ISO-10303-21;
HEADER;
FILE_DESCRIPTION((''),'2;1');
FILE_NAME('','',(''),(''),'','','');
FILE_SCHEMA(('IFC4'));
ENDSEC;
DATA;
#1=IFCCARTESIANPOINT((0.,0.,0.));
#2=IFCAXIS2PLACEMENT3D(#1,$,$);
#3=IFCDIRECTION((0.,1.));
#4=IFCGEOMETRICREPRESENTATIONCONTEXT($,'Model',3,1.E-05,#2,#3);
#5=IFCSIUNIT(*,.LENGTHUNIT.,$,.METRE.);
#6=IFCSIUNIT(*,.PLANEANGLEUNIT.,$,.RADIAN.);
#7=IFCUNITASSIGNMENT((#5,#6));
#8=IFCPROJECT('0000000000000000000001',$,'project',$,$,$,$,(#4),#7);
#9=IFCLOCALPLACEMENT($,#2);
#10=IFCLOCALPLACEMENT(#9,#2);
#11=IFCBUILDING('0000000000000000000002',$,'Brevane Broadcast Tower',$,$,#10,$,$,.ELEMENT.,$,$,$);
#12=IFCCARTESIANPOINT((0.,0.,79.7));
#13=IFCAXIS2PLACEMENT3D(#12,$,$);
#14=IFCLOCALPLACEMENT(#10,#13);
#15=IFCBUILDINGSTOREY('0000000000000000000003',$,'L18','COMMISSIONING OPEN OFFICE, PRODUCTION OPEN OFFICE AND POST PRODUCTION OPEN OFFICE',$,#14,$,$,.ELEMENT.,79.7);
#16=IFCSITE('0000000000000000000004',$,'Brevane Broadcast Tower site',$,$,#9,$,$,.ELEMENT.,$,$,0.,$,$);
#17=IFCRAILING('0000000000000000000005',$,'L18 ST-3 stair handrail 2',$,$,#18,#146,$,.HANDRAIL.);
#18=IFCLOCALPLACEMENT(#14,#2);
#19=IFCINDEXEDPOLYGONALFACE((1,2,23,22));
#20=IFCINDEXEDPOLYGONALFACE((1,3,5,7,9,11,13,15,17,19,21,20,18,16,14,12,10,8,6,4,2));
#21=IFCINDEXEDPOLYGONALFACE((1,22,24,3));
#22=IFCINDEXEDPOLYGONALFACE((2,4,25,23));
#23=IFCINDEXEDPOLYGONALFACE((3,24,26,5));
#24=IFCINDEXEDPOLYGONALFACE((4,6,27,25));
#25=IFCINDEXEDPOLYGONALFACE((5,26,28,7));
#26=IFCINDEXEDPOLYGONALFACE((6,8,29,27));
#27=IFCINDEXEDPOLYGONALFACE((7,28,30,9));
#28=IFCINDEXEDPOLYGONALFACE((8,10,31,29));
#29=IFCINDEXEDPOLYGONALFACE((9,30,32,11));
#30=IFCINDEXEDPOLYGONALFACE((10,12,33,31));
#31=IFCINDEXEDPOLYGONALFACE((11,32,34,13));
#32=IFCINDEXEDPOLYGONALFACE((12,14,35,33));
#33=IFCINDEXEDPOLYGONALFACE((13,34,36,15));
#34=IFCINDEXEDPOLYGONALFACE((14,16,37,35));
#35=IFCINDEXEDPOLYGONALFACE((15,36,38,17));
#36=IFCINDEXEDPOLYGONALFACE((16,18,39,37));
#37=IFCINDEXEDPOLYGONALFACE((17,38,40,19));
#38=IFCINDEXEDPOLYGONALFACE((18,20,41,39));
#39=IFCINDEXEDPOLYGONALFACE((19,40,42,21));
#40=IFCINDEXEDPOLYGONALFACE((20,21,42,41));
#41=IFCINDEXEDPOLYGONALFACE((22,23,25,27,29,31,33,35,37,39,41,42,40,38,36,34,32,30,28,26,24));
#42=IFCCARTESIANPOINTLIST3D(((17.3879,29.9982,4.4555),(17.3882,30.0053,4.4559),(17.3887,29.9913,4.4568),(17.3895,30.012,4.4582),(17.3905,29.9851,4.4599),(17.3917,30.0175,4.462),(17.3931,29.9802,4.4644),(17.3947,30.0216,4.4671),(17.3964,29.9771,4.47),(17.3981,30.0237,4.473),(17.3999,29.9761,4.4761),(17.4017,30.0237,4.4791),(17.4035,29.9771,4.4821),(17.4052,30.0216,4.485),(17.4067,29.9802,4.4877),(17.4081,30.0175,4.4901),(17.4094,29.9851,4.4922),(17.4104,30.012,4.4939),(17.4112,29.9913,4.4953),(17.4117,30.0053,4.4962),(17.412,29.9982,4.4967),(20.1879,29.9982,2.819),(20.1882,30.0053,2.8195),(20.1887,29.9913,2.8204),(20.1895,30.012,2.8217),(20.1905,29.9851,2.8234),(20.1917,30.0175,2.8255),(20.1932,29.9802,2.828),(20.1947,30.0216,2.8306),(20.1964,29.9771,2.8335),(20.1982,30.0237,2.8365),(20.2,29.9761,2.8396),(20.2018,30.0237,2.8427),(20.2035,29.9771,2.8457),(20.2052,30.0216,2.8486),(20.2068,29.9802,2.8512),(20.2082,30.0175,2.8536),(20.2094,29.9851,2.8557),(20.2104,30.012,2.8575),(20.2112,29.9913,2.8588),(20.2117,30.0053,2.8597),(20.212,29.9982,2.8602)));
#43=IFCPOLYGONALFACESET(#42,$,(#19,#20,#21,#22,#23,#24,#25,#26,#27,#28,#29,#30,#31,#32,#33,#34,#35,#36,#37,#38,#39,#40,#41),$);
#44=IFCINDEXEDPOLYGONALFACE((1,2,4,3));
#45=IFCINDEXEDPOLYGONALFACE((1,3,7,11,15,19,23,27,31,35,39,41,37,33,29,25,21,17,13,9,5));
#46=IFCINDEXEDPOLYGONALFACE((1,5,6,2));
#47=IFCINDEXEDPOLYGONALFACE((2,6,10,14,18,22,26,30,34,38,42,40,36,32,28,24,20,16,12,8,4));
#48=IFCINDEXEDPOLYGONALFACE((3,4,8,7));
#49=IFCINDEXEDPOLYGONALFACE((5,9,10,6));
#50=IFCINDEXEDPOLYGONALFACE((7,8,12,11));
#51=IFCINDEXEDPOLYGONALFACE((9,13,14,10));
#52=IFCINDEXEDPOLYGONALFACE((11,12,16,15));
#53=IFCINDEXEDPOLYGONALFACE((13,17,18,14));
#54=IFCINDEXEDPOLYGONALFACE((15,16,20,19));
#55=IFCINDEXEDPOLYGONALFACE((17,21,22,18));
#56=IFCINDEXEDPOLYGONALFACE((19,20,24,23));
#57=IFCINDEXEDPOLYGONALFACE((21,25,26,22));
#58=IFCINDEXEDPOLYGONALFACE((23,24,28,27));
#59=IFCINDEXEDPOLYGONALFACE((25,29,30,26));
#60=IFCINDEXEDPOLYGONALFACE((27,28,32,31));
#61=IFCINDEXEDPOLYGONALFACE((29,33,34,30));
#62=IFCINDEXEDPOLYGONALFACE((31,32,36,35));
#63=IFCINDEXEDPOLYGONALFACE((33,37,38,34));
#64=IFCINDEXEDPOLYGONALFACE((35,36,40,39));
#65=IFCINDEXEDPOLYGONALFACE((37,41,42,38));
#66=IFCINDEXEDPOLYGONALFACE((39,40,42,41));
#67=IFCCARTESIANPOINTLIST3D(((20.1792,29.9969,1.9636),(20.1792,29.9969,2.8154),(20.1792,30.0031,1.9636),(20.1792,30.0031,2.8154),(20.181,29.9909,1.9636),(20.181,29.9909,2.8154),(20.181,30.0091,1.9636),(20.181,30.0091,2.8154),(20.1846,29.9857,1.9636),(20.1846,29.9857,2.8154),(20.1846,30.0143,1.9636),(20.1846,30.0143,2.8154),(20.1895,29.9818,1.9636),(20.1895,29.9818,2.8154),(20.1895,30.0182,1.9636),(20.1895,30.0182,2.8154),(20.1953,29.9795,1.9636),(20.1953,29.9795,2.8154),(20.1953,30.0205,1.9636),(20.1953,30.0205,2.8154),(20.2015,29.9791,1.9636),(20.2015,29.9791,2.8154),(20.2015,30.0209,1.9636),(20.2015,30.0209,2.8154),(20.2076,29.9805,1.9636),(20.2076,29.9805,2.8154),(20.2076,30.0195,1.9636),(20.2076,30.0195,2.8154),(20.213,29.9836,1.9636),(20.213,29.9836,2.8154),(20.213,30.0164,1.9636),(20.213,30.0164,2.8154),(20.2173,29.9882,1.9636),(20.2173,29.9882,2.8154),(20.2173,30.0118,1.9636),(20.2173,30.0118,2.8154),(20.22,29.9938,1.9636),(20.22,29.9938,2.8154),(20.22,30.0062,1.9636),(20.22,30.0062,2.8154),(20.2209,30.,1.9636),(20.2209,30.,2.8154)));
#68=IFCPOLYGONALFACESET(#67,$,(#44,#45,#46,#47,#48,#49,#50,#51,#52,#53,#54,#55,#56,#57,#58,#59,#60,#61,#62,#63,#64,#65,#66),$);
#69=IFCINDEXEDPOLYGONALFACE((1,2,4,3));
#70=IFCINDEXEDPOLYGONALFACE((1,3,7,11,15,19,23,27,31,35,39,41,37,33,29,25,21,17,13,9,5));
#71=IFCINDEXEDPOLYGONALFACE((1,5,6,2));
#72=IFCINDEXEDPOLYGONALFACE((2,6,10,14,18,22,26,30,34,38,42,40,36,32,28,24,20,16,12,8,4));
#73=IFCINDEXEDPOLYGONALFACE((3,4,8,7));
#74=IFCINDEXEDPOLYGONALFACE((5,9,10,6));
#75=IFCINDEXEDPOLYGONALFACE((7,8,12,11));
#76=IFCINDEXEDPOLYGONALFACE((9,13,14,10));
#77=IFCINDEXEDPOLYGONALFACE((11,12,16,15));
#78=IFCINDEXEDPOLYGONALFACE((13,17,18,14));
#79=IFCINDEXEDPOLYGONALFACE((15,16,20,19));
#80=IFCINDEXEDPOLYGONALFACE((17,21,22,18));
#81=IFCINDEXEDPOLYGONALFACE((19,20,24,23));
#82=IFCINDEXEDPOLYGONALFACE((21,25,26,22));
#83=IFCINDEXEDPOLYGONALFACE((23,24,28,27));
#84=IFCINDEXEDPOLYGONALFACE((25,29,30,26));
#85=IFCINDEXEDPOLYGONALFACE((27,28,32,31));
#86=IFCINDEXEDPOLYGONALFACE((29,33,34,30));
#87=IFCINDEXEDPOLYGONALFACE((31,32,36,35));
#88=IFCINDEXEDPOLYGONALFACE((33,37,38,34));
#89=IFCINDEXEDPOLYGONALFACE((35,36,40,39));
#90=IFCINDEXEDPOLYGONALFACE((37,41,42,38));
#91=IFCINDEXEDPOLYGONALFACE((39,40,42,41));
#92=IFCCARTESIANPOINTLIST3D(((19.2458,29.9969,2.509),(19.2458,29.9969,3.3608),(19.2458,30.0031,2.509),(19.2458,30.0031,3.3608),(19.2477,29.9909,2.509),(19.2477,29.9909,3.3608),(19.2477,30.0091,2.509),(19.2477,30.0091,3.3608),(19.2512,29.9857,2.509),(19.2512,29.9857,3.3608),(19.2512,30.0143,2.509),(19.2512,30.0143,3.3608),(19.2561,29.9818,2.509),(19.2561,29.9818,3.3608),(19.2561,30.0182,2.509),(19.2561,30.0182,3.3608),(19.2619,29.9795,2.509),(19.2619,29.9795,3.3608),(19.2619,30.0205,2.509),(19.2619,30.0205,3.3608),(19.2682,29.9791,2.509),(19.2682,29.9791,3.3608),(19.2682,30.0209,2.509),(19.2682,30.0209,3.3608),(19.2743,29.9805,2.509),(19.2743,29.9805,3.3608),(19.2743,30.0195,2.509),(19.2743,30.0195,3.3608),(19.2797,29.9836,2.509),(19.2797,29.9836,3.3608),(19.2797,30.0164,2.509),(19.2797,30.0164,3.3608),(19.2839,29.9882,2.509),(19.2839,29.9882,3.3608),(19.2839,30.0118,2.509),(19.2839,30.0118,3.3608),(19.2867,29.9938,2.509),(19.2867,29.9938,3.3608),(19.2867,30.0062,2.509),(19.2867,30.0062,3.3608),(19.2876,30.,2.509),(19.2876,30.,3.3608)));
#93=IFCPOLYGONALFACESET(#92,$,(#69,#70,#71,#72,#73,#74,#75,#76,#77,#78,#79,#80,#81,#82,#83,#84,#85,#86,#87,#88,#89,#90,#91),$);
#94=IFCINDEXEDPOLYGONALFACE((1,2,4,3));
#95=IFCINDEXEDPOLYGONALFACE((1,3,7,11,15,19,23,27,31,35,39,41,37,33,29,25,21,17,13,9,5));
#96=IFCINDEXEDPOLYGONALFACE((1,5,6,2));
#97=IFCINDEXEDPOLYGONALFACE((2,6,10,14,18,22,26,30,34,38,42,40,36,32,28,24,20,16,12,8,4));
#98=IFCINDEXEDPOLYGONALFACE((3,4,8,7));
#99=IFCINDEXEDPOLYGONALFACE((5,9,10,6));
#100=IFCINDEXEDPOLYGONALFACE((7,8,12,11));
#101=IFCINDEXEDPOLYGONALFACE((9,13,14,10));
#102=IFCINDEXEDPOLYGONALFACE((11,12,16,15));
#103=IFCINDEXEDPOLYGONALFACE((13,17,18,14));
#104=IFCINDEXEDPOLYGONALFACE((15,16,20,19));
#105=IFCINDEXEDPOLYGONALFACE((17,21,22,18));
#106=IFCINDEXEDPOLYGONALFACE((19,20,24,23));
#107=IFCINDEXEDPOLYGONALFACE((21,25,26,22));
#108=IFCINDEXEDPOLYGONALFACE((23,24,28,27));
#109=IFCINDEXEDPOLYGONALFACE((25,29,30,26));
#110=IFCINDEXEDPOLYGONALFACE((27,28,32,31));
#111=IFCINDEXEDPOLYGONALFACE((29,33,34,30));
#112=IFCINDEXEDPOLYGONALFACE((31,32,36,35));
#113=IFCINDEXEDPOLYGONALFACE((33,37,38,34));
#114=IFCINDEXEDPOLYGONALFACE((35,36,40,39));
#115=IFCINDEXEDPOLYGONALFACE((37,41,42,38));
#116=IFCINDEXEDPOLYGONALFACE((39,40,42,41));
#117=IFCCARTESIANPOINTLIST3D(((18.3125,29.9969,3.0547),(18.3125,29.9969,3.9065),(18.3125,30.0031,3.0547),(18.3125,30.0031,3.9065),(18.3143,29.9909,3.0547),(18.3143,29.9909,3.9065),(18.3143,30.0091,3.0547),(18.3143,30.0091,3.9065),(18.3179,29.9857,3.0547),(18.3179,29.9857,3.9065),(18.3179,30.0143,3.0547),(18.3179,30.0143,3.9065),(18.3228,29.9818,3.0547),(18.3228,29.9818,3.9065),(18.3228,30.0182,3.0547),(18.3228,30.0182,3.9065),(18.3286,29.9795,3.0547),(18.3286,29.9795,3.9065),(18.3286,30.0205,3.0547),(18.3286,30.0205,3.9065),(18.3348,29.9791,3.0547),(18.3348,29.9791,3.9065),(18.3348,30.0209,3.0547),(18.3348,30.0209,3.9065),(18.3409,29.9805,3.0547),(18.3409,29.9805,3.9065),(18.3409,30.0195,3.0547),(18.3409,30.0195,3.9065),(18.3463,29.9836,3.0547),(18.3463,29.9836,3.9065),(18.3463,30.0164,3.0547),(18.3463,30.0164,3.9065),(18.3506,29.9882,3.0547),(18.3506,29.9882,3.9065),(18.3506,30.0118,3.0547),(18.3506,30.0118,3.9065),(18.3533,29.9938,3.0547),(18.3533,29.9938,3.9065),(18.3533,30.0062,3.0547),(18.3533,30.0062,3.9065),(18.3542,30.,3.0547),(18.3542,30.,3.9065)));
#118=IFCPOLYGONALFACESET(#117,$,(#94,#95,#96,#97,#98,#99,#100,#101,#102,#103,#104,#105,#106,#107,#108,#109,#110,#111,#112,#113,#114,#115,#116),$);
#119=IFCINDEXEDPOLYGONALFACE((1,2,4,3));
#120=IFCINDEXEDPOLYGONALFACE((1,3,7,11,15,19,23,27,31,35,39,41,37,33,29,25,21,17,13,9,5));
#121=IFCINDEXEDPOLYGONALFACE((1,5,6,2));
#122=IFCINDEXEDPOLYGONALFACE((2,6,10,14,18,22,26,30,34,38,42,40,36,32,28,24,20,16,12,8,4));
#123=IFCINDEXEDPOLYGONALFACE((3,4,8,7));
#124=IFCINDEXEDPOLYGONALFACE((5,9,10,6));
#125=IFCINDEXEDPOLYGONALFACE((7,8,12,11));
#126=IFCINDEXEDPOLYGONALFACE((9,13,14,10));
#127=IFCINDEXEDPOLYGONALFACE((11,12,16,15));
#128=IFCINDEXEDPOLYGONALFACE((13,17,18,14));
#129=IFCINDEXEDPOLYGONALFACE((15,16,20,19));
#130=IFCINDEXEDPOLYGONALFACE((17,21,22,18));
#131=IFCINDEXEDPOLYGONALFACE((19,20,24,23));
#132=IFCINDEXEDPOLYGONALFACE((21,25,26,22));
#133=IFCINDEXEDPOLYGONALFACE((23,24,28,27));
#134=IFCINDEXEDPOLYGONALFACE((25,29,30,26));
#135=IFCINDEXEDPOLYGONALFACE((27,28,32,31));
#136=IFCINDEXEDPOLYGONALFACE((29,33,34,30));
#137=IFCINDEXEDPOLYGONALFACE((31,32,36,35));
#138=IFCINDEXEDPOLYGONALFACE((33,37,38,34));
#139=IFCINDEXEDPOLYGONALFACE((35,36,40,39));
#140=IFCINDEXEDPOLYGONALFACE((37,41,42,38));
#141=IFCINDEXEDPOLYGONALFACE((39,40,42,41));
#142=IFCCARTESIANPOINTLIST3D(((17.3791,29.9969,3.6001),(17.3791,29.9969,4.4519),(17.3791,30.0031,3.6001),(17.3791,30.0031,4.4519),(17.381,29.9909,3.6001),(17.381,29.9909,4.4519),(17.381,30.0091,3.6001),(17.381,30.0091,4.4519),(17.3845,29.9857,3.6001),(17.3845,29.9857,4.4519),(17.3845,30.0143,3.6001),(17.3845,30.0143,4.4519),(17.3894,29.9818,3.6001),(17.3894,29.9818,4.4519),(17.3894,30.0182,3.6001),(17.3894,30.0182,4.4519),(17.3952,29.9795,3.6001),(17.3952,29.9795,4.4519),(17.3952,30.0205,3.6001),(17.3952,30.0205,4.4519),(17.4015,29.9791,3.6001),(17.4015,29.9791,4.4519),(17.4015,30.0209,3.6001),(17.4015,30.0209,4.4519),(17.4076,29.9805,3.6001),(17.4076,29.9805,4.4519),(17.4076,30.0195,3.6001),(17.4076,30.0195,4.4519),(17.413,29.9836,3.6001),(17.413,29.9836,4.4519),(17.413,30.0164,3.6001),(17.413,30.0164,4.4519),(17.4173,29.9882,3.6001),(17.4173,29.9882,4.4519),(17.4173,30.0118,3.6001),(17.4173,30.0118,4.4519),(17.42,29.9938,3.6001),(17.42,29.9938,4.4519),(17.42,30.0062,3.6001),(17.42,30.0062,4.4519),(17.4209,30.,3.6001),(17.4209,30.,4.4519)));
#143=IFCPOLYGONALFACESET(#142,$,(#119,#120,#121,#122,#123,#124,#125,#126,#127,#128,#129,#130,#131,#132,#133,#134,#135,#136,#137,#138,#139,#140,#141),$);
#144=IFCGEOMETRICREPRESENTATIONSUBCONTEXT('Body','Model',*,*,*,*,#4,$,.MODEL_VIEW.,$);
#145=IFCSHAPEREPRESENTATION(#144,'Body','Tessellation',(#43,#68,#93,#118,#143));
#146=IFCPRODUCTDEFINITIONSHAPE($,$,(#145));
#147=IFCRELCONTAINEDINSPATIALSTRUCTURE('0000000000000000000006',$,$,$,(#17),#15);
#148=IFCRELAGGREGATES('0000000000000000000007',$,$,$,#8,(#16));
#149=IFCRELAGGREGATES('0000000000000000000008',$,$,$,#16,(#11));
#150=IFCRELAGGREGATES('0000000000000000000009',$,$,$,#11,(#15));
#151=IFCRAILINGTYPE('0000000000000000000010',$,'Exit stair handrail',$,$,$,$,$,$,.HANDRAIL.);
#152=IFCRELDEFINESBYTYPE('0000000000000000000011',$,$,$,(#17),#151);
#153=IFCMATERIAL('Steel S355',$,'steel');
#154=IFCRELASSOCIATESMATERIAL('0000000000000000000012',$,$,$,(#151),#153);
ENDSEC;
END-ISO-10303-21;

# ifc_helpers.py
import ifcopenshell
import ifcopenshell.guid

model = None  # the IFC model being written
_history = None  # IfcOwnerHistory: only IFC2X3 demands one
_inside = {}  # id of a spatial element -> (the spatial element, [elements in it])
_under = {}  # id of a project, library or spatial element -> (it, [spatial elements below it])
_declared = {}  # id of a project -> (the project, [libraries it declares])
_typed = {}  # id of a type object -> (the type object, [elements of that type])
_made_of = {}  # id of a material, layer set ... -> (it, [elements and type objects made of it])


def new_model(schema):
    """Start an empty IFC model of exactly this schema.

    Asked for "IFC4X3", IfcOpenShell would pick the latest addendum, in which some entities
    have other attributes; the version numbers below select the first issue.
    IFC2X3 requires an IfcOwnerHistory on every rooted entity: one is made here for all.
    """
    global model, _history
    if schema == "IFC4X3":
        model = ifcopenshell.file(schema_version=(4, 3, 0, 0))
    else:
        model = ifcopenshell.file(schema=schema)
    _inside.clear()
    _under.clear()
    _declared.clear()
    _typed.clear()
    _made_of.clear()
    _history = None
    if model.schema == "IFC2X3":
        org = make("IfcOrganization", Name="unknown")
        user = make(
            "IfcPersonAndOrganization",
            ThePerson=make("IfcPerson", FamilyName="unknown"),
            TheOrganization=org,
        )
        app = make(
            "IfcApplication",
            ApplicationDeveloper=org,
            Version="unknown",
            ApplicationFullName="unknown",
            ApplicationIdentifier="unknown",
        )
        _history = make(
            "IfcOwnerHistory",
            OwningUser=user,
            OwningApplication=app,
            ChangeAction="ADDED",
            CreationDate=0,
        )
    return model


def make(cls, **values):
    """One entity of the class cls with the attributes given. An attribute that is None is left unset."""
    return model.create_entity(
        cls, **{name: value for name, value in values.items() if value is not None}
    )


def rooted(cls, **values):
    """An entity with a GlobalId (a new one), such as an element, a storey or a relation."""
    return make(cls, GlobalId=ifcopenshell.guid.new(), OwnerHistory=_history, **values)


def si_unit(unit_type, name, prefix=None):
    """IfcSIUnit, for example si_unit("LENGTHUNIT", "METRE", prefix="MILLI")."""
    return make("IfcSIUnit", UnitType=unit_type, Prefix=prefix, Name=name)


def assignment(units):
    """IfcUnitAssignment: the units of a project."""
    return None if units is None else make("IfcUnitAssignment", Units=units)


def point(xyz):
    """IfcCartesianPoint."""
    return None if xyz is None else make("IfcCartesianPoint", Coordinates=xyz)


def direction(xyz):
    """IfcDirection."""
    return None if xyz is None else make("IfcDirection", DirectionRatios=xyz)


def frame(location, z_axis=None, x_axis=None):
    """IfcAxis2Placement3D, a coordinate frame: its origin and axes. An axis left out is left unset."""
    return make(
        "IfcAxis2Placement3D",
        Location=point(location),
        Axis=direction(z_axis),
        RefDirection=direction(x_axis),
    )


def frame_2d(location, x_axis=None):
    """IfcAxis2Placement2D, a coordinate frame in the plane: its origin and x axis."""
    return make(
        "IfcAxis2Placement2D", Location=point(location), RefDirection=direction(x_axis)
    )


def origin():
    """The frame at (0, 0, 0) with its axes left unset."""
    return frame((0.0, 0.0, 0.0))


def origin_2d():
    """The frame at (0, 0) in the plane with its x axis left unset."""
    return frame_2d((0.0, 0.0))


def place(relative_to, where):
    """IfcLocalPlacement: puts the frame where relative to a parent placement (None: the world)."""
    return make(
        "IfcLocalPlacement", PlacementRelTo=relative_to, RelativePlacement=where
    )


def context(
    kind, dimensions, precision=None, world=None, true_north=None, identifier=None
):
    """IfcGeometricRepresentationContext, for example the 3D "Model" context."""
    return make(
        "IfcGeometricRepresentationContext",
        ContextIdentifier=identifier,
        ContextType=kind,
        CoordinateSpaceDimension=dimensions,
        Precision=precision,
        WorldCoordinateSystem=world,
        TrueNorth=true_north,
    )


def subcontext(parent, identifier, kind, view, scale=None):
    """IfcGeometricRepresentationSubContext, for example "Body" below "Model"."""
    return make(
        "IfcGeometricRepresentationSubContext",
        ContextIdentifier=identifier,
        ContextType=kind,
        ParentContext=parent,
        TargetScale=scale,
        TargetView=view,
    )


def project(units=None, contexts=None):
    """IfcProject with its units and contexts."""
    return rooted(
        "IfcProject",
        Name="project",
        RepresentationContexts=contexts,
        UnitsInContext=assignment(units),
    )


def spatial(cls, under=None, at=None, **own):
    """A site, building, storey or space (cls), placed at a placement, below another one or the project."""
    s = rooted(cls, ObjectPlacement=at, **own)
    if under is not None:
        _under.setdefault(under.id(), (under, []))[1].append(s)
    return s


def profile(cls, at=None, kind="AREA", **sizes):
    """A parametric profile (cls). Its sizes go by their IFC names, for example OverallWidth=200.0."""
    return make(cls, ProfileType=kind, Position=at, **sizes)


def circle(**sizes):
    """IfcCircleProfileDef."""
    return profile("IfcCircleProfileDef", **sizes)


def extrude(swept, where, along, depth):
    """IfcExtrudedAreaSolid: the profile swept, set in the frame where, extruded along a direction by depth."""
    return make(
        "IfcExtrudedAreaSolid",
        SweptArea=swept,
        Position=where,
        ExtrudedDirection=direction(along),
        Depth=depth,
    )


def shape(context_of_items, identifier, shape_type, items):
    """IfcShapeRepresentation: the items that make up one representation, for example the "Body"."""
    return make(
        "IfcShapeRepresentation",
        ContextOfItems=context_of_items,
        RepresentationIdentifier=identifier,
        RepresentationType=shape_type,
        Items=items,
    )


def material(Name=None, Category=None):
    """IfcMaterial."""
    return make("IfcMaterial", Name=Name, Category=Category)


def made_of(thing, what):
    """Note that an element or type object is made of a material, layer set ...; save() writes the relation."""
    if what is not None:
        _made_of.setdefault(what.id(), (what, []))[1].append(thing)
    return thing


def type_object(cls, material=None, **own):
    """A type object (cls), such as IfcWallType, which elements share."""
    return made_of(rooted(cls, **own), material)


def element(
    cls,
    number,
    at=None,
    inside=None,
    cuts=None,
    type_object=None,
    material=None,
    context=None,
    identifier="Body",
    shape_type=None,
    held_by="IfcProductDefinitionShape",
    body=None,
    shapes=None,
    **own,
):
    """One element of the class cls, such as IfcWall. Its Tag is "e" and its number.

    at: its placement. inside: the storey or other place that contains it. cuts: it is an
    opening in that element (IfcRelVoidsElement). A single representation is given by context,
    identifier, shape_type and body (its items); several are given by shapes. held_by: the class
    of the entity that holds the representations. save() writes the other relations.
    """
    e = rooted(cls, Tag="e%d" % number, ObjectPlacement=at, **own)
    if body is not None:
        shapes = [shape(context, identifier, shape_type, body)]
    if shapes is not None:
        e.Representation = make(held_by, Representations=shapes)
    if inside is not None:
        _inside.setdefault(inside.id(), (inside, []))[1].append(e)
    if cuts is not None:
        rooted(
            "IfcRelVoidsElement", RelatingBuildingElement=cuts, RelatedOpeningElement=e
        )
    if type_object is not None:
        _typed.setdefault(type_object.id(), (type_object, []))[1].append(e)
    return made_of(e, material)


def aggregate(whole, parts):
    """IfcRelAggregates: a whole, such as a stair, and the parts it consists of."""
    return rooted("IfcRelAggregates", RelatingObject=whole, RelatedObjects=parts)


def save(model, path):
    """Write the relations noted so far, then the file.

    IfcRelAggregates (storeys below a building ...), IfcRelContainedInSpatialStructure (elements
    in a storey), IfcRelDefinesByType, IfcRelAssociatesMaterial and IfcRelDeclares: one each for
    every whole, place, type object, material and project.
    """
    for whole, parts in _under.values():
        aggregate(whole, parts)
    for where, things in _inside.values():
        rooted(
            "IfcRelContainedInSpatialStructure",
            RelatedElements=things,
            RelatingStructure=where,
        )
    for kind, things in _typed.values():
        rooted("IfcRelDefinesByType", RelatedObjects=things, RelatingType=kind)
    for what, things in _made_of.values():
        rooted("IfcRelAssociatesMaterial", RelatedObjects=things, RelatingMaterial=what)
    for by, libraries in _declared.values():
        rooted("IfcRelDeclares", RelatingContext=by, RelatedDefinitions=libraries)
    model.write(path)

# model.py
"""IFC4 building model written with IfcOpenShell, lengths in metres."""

from ifc_helpers import new_model, si_unit, direction, frame, origin, origin_2d, place, context, subcontext, project, spatial, circle, extrude, material, type_object, element, save


model = new_model("IFC4")

# Units and contexts
model_context = context("Model", 3, precision=1e-05, world=origin(), true_north=direction((0.0, 1.0)))
body_context = subcontext(model_context, "Body", "Model", "MODEL_VIEW")
ifc_project = project(units=[si_unit("LENGTHUNIT", "METRE"), si_unit("PLANEANGLEUNIT", "RADIAN")], contexts=[model_context])

# Site, building, storey
site_placement = place(None, origin())
site = spatial("IfcSite", under=ifc_project, at=site_placement, Name="Brevane Broadcast Tower site", CompositionType="ELEMENT", RefElevation=0.0)
building_placement = place(site_placement, origin())
building = spatial("IfcBuilding", under=site, at=building_placement, Name="Brevane Broadcast Tower", CompositionType="ELEMENT")
storey_placement = place(building_placement, frame((0.0, 0.0, 79.7)))
storey = spatial("IfcBuildingStorey", under=building, at=storey_placement, Name="L18", Description="COMMISSIONING OPEN OFFICE, PRODUCTION OPEN OFFICE AND POST PRODUCTION OPEN OFFICE", CompositionType="ELEMENT", Elevation=79.7)

# Railing
ifc_material_1 = material(Name="Steel S355", Category="steel")
railing_type_1 = type_object("IfcRailingType", Name="Exit stair handrail", PredefinedType="HANDRAIL", material=ifc_material_1)
railing_1_placement = place(storey_placement, frame((20.2, 30.0, 1.9636)))
element("IfcRailing", 1, at=railing_1_placement, inside=storey, type_object=railing_type_1, Name="L18 ST-3 stair handrail 2", PredefinedType="HANDRAIL", context=body_context, shape_type="SweptSolid", body=[
    extrude(circle(Radius=0.0239, at=origin_2d()), frame((0.0, 0.0, 0.876), z_axis=(-0.863361, 0.0, 0.504587), x_axis=(0.0, -1.0, 0.0)), (0.0, 0.0, 1.0), 3.2432),
    extrude(circle(Radius=0.021, at=origin_2d()), origin(), (0.0, 0.0, 1.0), 0.8518),
    extrude(circle(Radius=0.021, at=origin_2d()), frame((-0.9333, 0.0, 0.5454)), (0.0, 0.0, 1.0), 0.8518),
    extrude(circle(Radius=0.021, at=origin_2d()), frame((-1.8667, 0.0, 1.0911)), (0.0, 0.0, 1.0), 0.8518),
    extrude(circle(Radius=0.021, at=origin_2d()), frame((-2.8, 0.0, 1.6365)), (0.0, 0.0, 1.0), 0.8518),
])

save(model, "model.ifc")
